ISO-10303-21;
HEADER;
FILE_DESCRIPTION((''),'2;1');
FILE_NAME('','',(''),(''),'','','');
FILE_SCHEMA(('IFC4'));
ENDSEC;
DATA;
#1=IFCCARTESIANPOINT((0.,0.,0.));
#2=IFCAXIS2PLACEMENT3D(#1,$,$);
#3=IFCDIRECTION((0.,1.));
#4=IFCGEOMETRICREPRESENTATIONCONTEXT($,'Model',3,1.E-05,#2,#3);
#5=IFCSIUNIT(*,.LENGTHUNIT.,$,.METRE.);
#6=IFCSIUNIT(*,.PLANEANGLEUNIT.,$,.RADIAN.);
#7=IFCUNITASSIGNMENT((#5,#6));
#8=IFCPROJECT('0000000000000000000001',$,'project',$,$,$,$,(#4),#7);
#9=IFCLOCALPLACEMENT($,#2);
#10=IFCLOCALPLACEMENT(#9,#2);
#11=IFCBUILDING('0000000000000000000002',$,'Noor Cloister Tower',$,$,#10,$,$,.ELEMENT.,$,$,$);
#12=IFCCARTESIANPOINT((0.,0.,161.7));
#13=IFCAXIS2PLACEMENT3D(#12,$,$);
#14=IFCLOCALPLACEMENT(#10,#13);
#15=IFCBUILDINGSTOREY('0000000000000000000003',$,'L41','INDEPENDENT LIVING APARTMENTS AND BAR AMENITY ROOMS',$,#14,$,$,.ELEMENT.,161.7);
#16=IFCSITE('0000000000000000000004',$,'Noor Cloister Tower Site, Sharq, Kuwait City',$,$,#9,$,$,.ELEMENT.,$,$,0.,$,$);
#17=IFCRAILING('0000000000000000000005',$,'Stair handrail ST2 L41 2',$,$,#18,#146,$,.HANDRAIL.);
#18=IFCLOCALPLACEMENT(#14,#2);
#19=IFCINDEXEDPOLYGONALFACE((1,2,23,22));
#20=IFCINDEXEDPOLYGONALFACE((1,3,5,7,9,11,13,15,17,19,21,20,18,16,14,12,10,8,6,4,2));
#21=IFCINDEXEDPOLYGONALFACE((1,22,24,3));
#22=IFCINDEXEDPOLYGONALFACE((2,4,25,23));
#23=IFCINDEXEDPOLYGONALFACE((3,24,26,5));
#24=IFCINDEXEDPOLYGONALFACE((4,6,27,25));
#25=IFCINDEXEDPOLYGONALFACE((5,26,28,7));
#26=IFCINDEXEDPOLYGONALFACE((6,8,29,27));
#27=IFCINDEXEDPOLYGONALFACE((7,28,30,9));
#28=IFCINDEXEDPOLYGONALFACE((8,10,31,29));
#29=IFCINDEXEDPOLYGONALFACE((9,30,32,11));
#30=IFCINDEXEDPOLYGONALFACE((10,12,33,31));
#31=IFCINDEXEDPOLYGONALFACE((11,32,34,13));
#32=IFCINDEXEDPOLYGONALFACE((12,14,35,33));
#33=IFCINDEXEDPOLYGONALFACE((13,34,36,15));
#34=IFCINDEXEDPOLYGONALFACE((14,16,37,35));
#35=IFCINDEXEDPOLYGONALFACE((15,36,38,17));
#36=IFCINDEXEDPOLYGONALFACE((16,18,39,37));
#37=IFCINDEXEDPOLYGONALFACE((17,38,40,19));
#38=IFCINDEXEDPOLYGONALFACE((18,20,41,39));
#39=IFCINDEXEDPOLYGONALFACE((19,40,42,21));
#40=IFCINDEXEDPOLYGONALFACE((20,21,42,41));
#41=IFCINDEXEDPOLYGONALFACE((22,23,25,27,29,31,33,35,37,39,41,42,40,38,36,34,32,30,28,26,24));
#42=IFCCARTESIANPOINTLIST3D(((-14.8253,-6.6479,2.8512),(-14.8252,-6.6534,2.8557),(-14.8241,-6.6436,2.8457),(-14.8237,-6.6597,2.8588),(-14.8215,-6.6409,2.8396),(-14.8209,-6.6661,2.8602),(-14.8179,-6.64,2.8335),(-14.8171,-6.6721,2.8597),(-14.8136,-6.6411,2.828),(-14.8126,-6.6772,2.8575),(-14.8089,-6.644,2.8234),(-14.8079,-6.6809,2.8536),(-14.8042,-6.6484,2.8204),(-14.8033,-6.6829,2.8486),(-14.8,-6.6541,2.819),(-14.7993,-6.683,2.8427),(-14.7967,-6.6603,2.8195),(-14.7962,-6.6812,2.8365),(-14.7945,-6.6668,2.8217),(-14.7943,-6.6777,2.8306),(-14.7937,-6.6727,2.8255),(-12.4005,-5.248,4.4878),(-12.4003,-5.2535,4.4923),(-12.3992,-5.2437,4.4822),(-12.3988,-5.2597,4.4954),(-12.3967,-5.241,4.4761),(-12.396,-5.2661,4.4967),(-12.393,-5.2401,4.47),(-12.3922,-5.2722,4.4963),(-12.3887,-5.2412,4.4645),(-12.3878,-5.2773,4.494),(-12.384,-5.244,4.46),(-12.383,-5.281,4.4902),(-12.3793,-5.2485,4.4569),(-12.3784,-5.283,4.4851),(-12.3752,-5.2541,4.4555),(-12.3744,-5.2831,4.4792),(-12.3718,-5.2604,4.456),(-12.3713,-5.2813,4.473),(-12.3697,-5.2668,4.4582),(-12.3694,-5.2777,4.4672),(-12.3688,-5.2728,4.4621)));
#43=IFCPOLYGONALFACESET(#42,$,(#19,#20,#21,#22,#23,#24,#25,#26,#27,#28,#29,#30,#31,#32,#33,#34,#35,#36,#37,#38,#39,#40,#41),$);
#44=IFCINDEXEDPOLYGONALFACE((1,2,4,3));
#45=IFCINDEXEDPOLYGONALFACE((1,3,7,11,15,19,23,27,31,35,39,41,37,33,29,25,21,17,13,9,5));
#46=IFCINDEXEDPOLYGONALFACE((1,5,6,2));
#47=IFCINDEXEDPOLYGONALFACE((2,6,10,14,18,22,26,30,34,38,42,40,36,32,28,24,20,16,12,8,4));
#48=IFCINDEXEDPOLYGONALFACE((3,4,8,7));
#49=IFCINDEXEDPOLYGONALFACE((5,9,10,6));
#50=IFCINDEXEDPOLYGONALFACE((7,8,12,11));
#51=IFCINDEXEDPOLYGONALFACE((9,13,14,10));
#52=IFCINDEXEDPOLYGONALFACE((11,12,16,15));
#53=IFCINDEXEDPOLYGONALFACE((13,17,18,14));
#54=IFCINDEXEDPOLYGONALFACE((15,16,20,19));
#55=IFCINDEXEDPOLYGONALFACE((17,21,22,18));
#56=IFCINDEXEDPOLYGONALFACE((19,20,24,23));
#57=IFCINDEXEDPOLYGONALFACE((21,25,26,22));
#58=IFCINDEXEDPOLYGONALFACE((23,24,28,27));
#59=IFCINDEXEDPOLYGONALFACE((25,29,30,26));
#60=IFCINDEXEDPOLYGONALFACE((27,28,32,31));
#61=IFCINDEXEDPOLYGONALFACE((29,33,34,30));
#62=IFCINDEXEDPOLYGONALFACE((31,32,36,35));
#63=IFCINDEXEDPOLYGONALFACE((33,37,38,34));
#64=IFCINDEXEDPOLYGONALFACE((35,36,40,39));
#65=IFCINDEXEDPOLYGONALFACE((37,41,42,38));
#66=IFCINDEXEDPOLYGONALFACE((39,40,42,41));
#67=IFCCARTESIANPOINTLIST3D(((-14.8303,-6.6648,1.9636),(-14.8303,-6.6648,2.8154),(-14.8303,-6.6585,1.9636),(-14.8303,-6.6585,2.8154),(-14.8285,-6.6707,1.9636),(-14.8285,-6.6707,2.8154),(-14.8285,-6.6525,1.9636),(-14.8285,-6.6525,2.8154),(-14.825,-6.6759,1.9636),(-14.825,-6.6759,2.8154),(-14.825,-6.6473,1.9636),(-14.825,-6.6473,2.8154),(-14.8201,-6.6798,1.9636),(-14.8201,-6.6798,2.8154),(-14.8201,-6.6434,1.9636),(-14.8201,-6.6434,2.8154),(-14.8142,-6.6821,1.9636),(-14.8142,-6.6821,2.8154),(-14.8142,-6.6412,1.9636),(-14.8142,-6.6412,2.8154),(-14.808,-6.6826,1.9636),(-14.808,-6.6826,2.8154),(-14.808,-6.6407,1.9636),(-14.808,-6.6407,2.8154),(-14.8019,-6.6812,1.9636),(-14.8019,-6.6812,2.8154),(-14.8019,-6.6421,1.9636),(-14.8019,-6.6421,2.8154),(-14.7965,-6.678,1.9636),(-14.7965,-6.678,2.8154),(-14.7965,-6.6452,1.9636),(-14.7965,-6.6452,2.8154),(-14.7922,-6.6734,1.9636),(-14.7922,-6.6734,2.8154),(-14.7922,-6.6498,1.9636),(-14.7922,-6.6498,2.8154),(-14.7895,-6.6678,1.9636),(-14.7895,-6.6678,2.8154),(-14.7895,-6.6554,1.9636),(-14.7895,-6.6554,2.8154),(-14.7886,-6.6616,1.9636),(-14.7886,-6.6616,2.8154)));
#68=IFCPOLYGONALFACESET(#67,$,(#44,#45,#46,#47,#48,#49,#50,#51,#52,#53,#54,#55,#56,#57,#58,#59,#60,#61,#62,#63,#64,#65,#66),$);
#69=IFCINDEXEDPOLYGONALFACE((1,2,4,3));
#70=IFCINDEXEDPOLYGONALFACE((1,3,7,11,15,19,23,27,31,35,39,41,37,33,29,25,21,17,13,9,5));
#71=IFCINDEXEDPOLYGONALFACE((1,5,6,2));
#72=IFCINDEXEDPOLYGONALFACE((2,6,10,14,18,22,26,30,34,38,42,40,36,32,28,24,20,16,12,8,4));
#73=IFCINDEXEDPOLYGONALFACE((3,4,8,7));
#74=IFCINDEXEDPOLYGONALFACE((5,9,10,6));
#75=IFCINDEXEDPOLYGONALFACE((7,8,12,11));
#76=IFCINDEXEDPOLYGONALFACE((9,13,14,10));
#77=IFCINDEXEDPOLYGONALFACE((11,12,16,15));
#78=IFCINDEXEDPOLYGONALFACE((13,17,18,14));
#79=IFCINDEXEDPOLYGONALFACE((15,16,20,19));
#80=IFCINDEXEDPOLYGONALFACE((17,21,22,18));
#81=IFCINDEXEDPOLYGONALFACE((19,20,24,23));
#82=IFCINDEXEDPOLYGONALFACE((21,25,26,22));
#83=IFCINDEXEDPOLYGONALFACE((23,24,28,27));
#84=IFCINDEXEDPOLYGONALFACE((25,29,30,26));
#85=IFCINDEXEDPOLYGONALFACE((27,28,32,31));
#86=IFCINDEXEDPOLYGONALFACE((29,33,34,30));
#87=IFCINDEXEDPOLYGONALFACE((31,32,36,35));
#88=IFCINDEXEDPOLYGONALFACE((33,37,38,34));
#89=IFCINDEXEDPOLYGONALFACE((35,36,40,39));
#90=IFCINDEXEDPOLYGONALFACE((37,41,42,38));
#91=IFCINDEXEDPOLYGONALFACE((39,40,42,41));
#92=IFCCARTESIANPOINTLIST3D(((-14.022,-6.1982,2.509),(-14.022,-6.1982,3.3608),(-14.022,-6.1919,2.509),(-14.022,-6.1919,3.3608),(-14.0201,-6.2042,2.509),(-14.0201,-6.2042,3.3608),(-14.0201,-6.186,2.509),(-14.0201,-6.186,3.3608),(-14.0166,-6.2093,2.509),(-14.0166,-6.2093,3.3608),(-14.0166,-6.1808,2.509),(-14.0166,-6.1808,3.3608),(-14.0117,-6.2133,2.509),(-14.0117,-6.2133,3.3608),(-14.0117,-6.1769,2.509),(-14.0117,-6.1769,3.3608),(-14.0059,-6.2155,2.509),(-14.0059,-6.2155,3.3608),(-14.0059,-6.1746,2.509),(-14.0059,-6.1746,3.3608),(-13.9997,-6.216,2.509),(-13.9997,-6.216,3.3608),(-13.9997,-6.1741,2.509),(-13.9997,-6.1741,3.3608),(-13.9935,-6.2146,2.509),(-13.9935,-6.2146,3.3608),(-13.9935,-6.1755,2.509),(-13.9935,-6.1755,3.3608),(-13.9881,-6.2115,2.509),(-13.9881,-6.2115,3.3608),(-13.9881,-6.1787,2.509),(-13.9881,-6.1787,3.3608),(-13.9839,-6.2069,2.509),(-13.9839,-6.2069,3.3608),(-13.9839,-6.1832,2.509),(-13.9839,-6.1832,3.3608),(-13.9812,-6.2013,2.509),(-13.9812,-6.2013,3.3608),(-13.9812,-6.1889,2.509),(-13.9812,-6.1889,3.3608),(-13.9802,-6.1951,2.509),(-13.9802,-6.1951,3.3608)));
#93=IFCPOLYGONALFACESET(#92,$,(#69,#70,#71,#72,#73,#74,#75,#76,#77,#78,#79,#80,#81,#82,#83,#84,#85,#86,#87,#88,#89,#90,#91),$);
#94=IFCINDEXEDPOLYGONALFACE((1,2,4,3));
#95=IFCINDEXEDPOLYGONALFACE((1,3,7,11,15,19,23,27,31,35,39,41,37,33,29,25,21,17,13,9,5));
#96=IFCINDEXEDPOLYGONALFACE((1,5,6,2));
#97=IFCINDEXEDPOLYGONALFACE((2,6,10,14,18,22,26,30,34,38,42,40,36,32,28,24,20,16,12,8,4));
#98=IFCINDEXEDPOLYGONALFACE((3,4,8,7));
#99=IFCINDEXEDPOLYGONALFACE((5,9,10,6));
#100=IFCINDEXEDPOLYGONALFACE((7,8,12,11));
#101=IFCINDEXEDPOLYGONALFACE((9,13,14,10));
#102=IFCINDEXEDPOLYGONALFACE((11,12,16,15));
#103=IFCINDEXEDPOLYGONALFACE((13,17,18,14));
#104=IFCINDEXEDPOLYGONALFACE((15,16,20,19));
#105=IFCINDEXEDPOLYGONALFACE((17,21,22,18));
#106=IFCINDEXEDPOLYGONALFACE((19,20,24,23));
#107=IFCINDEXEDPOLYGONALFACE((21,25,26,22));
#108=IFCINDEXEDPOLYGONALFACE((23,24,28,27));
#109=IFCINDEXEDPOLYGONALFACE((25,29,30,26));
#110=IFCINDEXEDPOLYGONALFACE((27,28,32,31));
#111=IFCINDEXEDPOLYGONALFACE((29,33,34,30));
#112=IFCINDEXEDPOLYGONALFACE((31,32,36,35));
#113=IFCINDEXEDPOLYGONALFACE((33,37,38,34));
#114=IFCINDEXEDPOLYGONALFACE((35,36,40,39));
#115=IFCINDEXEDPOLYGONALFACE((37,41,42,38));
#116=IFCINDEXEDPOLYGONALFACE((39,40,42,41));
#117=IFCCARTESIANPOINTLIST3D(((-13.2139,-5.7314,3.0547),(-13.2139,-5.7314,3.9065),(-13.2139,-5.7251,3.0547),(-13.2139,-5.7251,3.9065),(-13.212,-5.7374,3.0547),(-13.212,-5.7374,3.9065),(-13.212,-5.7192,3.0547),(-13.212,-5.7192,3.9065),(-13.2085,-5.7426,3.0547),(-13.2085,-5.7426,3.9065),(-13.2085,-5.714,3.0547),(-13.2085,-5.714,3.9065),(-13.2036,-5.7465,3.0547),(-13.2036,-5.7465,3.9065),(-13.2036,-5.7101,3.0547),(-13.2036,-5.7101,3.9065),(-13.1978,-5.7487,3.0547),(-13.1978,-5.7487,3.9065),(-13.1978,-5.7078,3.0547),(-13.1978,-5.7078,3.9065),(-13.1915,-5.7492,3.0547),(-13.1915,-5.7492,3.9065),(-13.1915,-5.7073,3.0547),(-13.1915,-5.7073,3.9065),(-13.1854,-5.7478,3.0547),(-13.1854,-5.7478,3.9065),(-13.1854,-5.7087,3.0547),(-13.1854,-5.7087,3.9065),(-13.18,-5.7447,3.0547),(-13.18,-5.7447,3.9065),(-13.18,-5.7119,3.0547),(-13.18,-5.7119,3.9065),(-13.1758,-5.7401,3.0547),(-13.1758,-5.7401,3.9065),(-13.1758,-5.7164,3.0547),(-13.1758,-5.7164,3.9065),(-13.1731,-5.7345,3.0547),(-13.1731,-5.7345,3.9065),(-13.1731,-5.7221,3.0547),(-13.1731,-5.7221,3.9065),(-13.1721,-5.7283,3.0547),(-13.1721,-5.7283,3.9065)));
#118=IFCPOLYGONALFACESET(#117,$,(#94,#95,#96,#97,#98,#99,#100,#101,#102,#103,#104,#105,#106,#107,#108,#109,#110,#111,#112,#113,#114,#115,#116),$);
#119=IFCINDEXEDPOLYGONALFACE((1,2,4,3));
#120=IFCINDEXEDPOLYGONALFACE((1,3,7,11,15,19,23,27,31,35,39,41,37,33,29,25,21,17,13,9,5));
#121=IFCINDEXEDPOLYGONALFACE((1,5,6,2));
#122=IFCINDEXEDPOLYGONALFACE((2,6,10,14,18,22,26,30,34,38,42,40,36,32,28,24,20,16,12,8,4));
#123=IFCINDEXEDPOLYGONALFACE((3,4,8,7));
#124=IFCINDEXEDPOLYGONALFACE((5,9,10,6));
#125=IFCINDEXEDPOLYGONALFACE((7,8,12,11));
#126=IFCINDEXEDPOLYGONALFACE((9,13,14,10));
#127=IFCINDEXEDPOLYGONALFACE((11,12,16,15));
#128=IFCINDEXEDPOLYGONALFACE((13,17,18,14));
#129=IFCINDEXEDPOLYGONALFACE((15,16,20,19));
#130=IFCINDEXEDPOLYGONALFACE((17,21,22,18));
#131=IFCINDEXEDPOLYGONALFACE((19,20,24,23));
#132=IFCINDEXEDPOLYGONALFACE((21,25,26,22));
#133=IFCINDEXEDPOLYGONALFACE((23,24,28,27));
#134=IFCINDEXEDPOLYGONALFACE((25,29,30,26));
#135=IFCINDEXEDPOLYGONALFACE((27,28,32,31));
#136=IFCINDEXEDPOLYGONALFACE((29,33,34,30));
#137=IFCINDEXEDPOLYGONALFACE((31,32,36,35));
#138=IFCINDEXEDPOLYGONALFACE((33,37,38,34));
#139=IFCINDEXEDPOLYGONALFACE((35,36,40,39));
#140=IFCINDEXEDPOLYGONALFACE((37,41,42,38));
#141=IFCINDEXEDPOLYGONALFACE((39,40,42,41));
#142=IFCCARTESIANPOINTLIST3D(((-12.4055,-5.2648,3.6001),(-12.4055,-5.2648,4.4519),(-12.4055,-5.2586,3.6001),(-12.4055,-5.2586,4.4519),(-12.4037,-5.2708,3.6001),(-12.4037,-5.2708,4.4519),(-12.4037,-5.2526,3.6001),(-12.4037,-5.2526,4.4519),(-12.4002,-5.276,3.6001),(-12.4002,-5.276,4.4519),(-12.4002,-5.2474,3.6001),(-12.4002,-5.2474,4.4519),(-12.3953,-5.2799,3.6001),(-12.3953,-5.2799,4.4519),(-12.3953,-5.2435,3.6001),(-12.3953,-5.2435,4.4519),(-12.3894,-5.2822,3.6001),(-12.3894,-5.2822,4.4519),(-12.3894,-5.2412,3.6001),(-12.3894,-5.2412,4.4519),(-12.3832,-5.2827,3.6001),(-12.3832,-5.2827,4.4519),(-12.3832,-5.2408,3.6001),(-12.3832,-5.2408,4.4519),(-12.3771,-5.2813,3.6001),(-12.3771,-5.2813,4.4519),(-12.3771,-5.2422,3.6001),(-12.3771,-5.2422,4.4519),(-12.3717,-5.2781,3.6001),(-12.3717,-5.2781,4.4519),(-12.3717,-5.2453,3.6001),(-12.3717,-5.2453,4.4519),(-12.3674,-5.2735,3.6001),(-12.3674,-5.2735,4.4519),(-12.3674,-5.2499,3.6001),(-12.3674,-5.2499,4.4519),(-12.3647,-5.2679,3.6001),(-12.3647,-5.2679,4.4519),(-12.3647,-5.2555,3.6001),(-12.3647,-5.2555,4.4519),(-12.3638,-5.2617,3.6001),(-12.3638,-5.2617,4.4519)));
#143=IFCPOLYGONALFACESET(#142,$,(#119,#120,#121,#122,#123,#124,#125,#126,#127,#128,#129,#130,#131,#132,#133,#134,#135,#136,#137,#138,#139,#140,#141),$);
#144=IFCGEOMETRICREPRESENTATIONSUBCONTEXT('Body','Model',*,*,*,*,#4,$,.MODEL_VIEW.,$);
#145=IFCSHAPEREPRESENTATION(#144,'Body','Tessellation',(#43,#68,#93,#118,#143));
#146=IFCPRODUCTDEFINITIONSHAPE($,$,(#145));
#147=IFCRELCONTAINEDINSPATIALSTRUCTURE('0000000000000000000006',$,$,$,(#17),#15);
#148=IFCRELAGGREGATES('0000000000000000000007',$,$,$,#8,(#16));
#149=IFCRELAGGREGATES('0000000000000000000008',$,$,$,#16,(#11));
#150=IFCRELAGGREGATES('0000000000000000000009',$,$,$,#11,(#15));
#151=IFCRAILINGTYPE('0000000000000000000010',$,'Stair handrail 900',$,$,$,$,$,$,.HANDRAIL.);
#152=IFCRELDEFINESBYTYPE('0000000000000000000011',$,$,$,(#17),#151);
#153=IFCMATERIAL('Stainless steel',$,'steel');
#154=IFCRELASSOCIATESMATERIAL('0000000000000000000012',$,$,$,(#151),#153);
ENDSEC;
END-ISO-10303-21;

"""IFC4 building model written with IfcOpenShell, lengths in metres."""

from ifc_helpers import new_model, si_unit, direction, frame, origin, origin_2d, place, context, subcontext, project, spatial, circle, extrude, material, type_object, element, save


model = new_model("IFC4")

# Units and contexts
model_context = context("Model", 3, precision=1e-05, world=origin(), true_north=direction((0.0, 1.0)))
body_context = subcontext(model_context, "Body", "Model", "MODEL_VIEW")
ifc_project = project(units=[si_unit("LENGTHUNIT", "METRE"), si_unit("PLANEANGLEUNIT", "RADIAN")], contexts=[model_context])

# Site, building, storey
site_placement = place(None, origin())
site = spatial("IfcSite", under=ifc_project, at=site_placement, Name="Noor Cloister Tower Site, Sharq, Kuwait City", CompositionType="ELEMENT", RefElevation=0.0)
building_placement = place(site_placement, origin())
building = spatial("IfcBuilding", under=site, at=building_placement, Name="Noor Cloister Tower", CompositionType="ELEMENT")
storey_placement = place(building_placement, frame((0.0, 0.0, 161.7)))
storey = spatial("IfcBuildingStorey", under=building, at=storey_placement, Name="L41", Description="INDEPENDENT LIVING APARTMENTS AND BAR AMENITY ROOMS", CompositionType="ELEMENT", Elevation=161.7)

# Railing
ifc_material_1 = material(Name="Stainless steel", Category="steel")
railing_type_1 = type_object("IfcRailingType", Name="Stair handrail 900", PredefinedType="HANDRAIL", material=ifc_material_1)
railing_1_placement = place(storey_placement, frame((-14.8096, -6.6616, 1.9636)))
element("IfcRailing", 1, at=railing_1_placement, inside=storey, type_object=railing_type_1, Name="Stair handrail ST2 L41 2", PredefinedType="HANDRAIL", context=body_context, shape_type="SweptSolid", body=[
    extrude(circle(Radius=0.0239, at=origin_2d()), frame((0.0, 0.0, 0.876), z_axis=(0.74769, 0.431661, 0.504608), x_axis=(-0.499984, 0.866035, 0.0)), (0.0, 0.0, 1.0), 3.2432),
    extrude(circle(Radius=0.021, at=origin_2d()), origin(), (0.0, 0.0, 1.0), 0.8518),
    extrude(circle(Radius=0.021, at=origin_2d()), frame((0.8083, 0.4666, 0.5454)), (0.0, 0.0, 1.0), 0.8518),
    extrude(circle(Radius=0.021, at=origin_2d()), frame((1.6165, 0.9333, 1.0911)), (0.0, 0.0, 1.0), 0.8518),
    extrude(circle(Radius=0.021, at=origin_2d()), frame((2.4248, 1.3999, 1.6365)), (0.0, 0.0, 1.0), 0.8518),
])

save(model, "model.ifc")
